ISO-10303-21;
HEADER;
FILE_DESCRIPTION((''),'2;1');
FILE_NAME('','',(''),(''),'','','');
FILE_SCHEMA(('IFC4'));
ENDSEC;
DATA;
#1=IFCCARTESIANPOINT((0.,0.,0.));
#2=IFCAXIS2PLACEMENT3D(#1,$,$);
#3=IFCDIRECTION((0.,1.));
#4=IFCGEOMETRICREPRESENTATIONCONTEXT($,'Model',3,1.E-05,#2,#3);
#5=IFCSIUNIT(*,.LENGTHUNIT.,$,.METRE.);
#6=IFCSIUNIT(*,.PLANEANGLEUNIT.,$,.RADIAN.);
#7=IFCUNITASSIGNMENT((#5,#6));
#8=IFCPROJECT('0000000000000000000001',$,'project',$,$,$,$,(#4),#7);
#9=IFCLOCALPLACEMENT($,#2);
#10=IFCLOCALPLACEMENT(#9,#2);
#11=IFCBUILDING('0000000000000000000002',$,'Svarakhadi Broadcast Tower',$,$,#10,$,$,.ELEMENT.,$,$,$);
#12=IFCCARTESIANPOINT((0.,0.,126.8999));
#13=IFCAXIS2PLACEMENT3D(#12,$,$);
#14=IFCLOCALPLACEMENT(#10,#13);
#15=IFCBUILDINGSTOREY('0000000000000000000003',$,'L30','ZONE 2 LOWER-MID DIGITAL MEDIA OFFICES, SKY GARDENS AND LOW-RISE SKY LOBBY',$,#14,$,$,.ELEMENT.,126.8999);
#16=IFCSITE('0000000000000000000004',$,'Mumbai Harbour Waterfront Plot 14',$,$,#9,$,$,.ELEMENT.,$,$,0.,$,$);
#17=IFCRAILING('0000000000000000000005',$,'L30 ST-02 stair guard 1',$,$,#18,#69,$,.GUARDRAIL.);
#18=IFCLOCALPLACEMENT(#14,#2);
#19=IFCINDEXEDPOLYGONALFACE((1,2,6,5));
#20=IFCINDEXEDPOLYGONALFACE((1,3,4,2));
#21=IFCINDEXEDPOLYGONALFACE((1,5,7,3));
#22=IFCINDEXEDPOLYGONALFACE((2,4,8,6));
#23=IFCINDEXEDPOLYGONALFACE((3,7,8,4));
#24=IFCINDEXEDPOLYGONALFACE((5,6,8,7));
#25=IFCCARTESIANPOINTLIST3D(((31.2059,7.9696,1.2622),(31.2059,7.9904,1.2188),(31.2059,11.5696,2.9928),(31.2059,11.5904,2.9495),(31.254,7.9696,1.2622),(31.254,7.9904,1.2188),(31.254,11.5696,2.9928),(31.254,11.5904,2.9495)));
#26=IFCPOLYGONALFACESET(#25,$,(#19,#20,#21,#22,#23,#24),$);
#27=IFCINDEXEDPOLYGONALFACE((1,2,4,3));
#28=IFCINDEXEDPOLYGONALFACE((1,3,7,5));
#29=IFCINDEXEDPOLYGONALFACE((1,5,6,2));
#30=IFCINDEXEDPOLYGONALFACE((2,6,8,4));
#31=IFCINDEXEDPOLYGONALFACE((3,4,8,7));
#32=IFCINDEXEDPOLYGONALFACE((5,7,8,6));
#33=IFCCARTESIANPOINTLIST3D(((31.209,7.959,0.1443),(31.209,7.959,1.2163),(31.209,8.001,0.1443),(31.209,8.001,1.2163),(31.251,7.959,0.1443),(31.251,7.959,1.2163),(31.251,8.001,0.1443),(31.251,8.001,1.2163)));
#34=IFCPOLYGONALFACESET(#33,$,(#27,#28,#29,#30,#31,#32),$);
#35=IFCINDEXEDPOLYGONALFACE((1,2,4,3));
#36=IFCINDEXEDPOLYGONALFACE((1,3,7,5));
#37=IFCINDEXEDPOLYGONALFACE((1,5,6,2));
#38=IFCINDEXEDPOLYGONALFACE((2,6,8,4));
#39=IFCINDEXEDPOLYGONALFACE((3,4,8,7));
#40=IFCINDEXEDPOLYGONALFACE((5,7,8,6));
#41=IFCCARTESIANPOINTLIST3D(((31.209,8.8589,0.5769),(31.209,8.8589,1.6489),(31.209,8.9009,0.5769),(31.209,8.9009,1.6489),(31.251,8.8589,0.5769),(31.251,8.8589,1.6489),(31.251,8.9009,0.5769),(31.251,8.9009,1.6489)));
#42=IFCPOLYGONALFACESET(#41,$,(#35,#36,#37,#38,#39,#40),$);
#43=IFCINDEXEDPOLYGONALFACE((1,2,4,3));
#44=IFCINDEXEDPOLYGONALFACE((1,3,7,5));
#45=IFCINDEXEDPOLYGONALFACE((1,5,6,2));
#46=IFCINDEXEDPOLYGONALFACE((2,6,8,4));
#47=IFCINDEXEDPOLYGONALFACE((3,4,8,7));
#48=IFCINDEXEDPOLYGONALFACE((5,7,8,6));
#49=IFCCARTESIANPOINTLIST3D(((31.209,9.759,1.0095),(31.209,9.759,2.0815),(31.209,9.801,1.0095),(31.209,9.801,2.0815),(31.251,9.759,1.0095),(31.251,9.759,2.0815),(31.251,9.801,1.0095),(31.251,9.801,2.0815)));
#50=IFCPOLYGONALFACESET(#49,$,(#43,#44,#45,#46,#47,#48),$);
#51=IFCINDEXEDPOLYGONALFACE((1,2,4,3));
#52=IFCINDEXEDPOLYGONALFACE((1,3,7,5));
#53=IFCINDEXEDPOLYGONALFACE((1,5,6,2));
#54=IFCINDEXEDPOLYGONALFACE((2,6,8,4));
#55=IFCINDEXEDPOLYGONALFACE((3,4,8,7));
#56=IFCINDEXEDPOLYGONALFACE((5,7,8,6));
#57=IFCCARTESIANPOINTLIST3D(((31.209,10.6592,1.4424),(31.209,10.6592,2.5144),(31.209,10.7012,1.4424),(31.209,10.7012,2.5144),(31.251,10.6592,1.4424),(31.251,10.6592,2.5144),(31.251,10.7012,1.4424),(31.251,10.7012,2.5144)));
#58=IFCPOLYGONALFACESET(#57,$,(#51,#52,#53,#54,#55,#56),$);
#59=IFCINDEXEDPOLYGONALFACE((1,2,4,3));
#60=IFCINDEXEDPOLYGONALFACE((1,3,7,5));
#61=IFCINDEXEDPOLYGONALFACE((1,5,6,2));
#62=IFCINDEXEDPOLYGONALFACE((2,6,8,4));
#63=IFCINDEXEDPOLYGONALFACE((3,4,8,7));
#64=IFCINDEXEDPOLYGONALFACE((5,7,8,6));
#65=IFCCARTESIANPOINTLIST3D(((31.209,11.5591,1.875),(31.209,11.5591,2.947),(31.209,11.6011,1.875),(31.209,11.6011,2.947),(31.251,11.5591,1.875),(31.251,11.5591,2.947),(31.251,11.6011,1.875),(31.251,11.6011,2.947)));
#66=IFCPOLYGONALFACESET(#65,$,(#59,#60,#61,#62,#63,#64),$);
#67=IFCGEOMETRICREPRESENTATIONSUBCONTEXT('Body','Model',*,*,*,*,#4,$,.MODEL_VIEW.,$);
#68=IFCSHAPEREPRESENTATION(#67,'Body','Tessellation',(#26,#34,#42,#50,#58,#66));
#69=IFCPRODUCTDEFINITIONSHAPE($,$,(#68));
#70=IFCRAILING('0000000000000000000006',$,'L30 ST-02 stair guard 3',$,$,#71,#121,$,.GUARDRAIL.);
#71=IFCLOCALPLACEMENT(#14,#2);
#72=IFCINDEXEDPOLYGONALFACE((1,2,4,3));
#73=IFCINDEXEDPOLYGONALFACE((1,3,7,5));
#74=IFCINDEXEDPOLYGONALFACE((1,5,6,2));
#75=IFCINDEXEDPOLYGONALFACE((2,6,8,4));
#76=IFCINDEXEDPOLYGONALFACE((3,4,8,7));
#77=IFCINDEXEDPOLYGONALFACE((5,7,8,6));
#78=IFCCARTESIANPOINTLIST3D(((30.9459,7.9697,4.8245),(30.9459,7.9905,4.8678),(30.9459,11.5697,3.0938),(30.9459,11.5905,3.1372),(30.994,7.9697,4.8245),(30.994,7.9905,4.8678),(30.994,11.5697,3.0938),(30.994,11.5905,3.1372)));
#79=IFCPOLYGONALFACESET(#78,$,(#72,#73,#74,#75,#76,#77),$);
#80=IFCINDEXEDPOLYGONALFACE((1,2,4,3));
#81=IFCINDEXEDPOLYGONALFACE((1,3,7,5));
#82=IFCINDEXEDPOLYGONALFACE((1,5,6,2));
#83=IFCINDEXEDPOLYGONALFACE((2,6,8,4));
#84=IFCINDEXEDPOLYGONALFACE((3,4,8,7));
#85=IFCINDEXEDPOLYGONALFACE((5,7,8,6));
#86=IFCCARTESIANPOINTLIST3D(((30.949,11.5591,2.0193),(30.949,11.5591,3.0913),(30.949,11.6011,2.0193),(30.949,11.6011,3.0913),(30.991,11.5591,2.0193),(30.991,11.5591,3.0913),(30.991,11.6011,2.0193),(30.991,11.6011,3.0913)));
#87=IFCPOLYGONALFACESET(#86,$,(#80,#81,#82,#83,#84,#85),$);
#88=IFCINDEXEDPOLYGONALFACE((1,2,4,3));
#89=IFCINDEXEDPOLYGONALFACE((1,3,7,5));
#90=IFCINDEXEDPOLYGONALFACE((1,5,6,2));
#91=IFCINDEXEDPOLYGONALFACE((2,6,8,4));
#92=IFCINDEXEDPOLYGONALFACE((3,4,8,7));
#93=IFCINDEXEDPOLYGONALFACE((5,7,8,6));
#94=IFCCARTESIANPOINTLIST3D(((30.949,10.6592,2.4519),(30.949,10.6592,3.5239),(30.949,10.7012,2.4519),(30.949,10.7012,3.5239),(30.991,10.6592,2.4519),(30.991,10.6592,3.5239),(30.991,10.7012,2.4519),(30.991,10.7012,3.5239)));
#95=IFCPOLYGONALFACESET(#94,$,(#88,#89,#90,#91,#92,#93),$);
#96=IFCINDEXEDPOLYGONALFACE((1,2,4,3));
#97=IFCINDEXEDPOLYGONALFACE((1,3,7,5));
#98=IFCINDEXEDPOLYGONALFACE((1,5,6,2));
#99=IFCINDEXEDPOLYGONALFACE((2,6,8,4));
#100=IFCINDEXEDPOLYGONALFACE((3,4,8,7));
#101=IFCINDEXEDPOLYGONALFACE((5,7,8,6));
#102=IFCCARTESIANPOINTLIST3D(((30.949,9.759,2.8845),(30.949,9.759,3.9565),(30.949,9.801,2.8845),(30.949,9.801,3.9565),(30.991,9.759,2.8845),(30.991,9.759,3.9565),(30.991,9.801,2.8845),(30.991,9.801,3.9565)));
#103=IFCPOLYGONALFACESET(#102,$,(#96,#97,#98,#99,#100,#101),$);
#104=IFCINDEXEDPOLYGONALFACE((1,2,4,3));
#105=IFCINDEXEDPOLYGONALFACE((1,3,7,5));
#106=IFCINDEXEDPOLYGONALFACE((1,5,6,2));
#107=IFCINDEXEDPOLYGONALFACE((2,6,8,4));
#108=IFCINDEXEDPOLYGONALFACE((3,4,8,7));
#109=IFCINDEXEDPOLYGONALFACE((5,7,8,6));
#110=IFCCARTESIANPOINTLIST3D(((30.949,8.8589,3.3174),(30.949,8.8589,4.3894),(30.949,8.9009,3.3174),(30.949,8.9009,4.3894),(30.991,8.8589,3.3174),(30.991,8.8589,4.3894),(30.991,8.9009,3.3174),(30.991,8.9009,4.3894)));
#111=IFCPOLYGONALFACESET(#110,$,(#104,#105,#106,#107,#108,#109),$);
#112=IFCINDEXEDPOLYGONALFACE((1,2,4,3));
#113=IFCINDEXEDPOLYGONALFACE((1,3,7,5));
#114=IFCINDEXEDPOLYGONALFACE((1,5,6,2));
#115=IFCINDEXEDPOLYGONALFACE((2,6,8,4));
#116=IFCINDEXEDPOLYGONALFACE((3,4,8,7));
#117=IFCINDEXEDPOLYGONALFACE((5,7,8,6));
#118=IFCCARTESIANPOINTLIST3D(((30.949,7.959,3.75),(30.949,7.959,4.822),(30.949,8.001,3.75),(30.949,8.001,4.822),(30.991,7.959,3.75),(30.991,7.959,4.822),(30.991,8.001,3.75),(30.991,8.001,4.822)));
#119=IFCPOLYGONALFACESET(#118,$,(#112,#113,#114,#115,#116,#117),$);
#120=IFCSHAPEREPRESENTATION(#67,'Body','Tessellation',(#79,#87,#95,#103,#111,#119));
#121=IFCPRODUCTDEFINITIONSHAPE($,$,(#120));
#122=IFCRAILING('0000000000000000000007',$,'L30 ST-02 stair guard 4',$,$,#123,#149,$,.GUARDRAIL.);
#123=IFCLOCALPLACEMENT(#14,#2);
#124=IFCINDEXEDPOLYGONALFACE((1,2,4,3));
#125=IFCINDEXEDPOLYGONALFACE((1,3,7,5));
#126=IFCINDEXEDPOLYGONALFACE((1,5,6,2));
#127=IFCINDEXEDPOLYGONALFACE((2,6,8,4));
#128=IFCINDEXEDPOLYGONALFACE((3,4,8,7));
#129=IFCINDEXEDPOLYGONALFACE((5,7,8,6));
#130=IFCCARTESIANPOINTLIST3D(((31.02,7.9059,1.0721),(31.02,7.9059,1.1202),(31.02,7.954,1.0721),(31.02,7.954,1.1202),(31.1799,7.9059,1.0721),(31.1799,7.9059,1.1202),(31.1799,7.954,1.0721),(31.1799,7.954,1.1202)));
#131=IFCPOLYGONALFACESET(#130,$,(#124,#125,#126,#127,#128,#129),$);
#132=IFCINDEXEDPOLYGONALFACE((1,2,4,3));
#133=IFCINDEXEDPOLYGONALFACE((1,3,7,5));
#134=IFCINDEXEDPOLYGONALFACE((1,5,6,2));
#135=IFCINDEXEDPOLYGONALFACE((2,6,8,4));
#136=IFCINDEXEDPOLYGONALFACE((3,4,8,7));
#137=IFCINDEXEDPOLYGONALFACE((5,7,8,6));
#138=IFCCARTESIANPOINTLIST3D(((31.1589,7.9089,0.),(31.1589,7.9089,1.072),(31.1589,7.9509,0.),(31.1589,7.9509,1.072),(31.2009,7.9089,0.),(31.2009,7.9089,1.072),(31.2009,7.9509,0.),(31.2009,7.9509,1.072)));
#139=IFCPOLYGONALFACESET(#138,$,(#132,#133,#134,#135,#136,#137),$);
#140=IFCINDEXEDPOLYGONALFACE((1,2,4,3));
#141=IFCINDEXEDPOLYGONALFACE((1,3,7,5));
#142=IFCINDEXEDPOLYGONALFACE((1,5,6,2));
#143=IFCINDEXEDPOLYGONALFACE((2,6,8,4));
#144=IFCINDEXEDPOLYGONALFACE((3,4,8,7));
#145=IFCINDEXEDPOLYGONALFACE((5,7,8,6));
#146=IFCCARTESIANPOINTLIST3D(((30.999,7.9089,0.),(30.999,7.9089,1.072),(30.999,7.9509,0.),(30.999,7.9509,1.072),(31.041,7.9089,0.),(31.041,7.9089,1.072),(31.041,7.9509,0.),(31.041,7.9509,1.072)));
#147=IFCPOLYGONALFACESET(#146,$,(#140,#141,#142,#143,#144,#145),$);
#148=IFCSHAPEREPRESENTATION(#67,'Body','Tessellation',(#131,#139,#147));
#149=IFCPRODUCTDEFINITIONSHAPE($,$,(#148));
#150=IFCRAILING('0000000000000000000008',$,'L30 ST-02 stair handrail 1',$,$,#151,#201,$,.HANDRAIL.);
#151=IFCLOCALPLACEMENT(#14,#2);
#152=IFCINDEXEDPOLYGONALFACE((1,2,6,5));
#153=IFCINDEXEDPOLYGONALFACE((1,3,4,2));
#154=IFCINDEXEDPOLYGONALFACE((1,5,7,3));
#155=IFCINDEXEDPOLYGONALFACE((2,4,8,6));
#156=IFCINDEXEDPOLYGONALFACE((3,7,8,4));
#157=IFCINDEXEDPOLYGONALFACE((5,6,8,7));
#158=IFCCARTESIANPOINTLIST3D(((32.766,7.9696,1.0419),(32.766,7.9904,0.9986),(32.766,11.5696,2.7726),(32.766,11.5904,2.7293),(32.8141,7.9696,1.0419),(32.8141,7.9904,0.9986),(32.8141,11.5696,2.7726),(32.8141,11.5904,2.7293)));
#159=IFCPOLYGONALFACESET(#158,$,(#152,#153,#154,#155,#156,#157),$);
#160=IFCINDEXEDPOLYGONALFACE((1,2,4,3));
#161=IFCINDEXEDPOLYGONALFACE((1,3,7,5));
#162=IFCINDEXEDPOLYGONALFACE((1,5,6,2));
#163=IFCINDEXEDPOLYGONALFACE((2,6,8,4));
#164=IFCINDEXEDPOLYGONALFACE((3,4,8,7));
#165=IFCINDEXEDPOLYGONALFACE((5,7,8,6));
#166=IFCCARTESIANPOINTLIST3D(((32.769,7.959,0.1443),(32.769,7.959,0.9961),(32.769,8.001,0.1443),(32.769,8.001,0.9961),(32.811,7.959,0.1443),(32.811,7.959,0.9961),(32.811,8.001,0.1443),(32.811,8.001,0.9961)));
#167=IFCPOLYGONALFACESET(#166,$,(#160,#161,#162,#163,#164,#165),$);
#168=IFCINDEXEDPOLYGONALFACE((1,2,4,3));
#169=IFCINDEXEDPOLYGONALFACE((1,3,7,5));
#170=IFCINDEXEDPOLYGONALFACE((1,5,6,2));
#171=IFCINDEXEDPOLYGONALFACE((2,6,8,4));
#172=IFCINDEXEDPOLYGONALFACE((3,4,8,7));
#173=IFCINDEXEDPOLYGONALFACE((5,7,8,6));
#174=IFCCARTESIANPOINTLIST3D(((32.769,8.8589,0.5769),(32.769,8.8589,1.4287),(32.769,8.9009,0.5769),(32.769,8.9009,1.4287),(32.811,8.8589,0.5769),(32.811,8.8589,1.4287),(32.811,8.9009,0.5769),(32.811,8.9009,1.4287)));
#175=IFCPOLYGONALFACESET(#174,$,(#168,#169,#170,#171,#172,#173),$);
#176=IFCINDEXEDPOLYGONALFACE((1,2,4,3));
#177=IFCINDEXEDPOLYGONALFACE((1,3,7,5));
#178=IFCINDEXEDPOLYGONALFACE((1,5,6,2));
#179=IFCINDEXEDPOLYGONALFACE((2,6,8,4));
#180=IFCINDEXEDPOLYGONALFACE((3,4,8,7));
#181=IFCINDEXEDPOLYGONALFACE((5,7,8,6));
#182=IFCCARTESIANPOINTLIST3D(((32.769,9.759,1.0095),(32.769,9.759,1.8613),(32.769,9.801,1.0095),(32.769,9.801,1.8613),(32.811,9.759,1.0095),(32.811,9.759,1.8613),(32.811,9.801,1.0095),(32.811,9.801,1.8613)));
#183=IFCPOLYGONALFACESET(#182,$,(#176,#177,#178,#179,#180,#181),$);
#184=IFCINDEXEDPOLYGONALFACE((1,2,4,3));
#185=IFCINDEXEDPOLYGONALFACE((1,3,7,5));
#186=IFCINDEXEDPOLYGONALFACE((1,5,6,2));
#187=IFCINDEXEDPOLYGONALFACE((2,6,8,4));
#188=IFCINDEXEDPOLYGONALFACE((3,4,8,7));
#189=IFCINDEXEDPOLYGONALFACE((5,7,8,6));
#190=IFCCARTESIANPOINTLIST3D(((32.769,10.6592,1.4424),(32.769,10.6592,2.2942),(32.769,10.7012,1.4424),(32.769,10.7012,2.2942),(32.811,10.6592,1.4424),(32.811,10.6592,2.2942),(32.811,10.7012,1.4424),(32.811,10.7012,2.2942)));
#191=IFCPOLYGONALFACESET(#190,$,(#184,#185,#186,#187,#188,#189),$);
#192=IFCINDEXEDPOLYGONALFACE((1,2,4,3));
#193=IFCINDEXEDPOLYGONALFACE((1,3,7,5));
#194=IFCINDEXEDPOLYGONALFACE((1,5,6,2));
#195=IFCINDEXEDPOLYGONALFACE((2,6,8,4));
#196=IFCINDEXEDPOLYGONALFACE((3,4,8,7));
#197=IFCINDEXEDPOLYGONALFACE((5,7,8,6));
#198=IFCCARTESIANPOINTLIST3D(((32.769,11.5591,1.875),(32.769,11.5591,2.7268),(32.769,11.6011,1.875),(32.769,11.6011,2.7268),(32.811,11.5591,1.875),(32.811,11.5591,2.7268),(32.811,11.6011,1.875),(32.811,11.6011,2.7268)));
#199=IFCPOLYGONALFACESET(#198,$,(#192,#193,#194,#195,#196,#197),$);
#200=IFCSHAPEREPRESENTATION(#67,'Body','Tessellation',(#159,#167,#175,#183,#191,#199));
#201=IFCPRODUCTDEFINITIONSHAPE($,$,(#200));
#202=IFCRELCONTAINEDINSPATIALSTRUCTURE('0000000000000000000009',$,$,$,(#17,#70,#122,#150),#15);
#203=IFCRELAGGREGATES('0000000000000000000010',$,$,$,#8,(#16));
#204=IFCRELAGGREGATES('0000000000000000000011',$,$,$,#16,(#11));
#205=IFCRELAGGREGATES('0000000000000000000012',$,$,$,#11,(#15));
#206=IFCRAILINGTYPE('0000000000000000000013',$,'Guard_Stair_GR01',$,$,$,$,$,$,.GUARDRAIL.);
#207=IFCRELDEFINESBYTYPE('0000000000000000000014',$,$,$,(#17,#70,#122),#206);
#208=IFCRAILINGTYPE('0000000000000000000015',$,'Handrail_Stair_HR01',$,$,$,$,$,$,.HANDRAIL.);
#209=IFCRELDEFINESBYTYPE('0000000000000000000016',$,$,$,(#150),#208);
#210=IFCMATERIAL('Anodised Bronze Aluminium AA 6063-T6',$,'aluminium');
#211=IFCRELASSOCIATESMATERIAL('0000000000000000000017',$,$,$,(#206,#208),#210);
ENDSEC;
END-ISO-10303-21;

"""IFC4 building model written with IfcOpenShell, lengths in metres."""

from ifc_helpers import new_model, si_unit, direction, frame, origin, origin_2d, place, context, subcontext, project, spatial, rectangle, extrude, material, type_object, element, save


model = new_model("IFC4")

# Units and contexts
model_context = context("Model", 3, precision=1e-05, world=origin(), true_north=direction((0.0, 1.0)))
body_context = subcontext(model_context, "Body", "Model", "MODEL_VIEW")
ifc_project = project(units=[si_unit("LENGTHUNIT", "METRE"), si_unit("PLANEANGLEUNIT", "RADIAN")], contexts=[model_context])

# Site, building, storey
site_placement = place(None, origin())
site = spatial("IfcSite", under=ifc_project, at=site_placement, Name="Mumbai Harbour Waterfront Plot 14", CompositionType="ELEMENT", RefElevation=0.0)
building_placement = place(site_placement, origin())
building = spatial("IfcBuilding", under=site, at=building_placement, Name="Svarakhadi Broadcast Tower", CompositionType="ELEMENT")
storey_placement = place(building_placement, frame((0.0, 0.0, 126.8999)))
storey = spatial("IfcBuildingStorey", under=building, at=storey_placement, Name="L30", Description="ZONE 2 LOWER-MID DIGITAL MEDIA OFFICES, SKY GARDENS AND LOW-RISE SKY LOBBY", CompositionType="ELEMENT", Elevation=126.8999)

# Shared definitions
ifc_material_1 = material(Name="Anodised Bronze Aluminium AA 6063-T6", Category="aluminium")

# Railings
railing_type_1 = type_object("IfcRailingType", Name="Guard_Stair_GR01", PredefinedType="GUARDRAIL", material=ifc_material_1)
railing_1_placement = place(storey_placement, frame((31.23, 7.98, 0.1443)))
element("IfcRailing", 1, at=railing_1_placement, inside=storey, type_object=railing_type_1, Name="L30 ST-02 stair guard 1", PredefinedType="GUARDRAIL", context=body_context, shape_type="SweptSolid", body=[
    extrude(rectangle(XDim=0.0481, YDim=0.0481, at=origin_2d()), frame((0.0, 0.0, 1.0962), z_axis=(0.0, 0.901263, 0.433273), x_axis=(-1.0, 0.0, 0.0)), (0.0, 0.0, 1.0), 3.9944),
    extrude(rectangle(XDim=0.042, YDim=0.042, at=origin_2d()), origin(), (0.0, 0.0, 1.0), 1.072),
    extrude(rectangle(XDim=0.042, YDim=0.042, at=origin_2d()), frame((0.0, 0.8999, 0.4326)), (0.0, 0.0, 1.0), 1.072),
    extrude(rectangle(XDim=0.042, YDim=0.042, at=origin_2d()), frame((0.0, 1.8, 0.8652)), (0.0, 0.0, 1.0), 1.072),
    extrude(rectangle(XDim=0.042, YDim=0.042, at=origin_2d()), frame((0.0, 2.7002, 1.2981)), (0.0, 0.0, 1.0), 1.072),
    extrude(rectangle(XDim=0.042, YDim=0.042, at=origin_2d()), frame((0.0, 3.6001, 1.7307)), (0.0, 0.0, 1.0), 1.072),
])
railing_2_placement = place(storey_placement, frame((30.97, 11.5801, 2.0193)))
element("IfcRailing", 2, at=railing_2_placement, inside=storey, type_object=railing_type_1, Name="L30 ST-02 stair guard 3", PredefinedType="GUARDRAIL", context=body_context, shape_type="SweptSolid", body=[
    extrude(rectangle(XDim=0.0481, YDim=0.0481, at=origin_2d()), frame((0.0, 0.0, 1.0962), z_axis=(0.0, -0.901263, 0.433273), x_axis=(1.0, 0.0, 0.0)), (0.0, 0.0, 1.0), 3.9944),
    extrude(rectangle(XDim=0.042, YDim=0.042, at=origin_2d()), origin(), (0.0, 0.0, 1.0), 1.072),
    extrude(rectangle(XDim=0.042, YDim=0.042, at=origin_2d()), frame((0.0, -0.8999, 0.4326)), (0.0, 0.0, 1.0), 1.072),
    extrude(rectangle(XDim=0.042, YDim=0.042, at=origin_2d()), frame((0.0, -1.8, 0.8652)), (0.0, 0.0, 1.0), 1.072),
    extrude(rectangle(XDim=0.042, YDim=0.042, at=origin_2d()), frame((0.0, -2.7002, 1.2981)), (0.0, 0.0, 1.0), 1.072),
    extrude(rectangle(XDim=0.042, YDim=0.042, at=origin_2d()), frame((0.0, -3.6001, 1.7307)), (0.0, 0.0, 1.0), 1.072),
])
railing_3_placement = place(storey_placement, frame((31.1799, 7.9299, 0.0)))
element("IfcRailing", 3, at=railing_3_placement, inside=storey, type_object=railing_type_1, Name="L30 ST-02 stair guard 4", PredefinedType="GUARDRAIL", context=body_context, shape_type="SweptSolid", body=[
    extrude(rectangle(XDim=0.0481, YDim=0.0481, at=origin_2d()), frame((0.0, 0.0, 1.0962), z_axis=(-1.0, 0.0, 0.0), x_axis=(0.0, -1.0, 0.0)), (0.0, 0.0, 1.0), 0.1599),
    extrude(rectangle(XDim=0.042, YDim=0.042, at=origin_2d()), origin(), (0.0, 0.0, 1.0), 1.072),
    extrude(rectangle(XDim=0.042, YDim=0.042, at=origin_2d()), frame((-0.1599, 0.0, 0.0)), (0.0, 0.0, 1.0), 1.072),
])
railing_type_2 = type_object("IfcRailingType", Name="Handrail_Stair_HR01", PredefinedType="HANDRAIL", material=ifc_material_1)
railing_4_placement = place(storey_placement, frame((32.79, 7.98, 0.1443)))
element("IfcRailing", 4, at=railing_4_placement, inside=storey, type_object=railing_type_2, Name="L30 ST-02 stair handrail 1", PredefinedType="HANDRAIL", context=body_context, shape_type="SweptSolid", body=[
    extrude(rectangle(XDim=0.0481, YDim=0.0481, at=origin_2d()), frame((0.0, 0.0, 0.876), z_axis=(0.0, 0.901263, 0.433273), x_axis=(-1.0, 0.0, 0.0)), (0.0, 0.0, 1.0), 3.9944),
    extrude(rectangle(XDim=0.042, YDim=0.042, at=origin_2d()), origin(), (0.0, 0.0, 1.0), 0.8518),
    extrude(rectangle(XDim=0.042, YDim=0.042, at=origin_2d()), frame((0.0, 0.8999, 0.4326)), (0.0, 0.0, 1.0), 0.8518),
    extrude(rectangle(XDim=0.042, YDim=0.042, at=origin_2d()), frame((0.0, 1.8, 0.8652)), (0.0, 0.0, 1.0), 0.8518),
    extrude(rectangle(XDim=0.042, YDim=0.042, at=origin_2d()), frame((0.0, 2.7002, 1.2981)), (0.0, 0.0, 1.0), 0.8518),
    extrude(rectangle(XDim=0.042, YDim=0.042, at=origin_2d()), frame((0.0, 3.6001, 1.7307)), (0.0, 0.0, 1.0), 0.8518),
])

save(model, "model.ifc")
